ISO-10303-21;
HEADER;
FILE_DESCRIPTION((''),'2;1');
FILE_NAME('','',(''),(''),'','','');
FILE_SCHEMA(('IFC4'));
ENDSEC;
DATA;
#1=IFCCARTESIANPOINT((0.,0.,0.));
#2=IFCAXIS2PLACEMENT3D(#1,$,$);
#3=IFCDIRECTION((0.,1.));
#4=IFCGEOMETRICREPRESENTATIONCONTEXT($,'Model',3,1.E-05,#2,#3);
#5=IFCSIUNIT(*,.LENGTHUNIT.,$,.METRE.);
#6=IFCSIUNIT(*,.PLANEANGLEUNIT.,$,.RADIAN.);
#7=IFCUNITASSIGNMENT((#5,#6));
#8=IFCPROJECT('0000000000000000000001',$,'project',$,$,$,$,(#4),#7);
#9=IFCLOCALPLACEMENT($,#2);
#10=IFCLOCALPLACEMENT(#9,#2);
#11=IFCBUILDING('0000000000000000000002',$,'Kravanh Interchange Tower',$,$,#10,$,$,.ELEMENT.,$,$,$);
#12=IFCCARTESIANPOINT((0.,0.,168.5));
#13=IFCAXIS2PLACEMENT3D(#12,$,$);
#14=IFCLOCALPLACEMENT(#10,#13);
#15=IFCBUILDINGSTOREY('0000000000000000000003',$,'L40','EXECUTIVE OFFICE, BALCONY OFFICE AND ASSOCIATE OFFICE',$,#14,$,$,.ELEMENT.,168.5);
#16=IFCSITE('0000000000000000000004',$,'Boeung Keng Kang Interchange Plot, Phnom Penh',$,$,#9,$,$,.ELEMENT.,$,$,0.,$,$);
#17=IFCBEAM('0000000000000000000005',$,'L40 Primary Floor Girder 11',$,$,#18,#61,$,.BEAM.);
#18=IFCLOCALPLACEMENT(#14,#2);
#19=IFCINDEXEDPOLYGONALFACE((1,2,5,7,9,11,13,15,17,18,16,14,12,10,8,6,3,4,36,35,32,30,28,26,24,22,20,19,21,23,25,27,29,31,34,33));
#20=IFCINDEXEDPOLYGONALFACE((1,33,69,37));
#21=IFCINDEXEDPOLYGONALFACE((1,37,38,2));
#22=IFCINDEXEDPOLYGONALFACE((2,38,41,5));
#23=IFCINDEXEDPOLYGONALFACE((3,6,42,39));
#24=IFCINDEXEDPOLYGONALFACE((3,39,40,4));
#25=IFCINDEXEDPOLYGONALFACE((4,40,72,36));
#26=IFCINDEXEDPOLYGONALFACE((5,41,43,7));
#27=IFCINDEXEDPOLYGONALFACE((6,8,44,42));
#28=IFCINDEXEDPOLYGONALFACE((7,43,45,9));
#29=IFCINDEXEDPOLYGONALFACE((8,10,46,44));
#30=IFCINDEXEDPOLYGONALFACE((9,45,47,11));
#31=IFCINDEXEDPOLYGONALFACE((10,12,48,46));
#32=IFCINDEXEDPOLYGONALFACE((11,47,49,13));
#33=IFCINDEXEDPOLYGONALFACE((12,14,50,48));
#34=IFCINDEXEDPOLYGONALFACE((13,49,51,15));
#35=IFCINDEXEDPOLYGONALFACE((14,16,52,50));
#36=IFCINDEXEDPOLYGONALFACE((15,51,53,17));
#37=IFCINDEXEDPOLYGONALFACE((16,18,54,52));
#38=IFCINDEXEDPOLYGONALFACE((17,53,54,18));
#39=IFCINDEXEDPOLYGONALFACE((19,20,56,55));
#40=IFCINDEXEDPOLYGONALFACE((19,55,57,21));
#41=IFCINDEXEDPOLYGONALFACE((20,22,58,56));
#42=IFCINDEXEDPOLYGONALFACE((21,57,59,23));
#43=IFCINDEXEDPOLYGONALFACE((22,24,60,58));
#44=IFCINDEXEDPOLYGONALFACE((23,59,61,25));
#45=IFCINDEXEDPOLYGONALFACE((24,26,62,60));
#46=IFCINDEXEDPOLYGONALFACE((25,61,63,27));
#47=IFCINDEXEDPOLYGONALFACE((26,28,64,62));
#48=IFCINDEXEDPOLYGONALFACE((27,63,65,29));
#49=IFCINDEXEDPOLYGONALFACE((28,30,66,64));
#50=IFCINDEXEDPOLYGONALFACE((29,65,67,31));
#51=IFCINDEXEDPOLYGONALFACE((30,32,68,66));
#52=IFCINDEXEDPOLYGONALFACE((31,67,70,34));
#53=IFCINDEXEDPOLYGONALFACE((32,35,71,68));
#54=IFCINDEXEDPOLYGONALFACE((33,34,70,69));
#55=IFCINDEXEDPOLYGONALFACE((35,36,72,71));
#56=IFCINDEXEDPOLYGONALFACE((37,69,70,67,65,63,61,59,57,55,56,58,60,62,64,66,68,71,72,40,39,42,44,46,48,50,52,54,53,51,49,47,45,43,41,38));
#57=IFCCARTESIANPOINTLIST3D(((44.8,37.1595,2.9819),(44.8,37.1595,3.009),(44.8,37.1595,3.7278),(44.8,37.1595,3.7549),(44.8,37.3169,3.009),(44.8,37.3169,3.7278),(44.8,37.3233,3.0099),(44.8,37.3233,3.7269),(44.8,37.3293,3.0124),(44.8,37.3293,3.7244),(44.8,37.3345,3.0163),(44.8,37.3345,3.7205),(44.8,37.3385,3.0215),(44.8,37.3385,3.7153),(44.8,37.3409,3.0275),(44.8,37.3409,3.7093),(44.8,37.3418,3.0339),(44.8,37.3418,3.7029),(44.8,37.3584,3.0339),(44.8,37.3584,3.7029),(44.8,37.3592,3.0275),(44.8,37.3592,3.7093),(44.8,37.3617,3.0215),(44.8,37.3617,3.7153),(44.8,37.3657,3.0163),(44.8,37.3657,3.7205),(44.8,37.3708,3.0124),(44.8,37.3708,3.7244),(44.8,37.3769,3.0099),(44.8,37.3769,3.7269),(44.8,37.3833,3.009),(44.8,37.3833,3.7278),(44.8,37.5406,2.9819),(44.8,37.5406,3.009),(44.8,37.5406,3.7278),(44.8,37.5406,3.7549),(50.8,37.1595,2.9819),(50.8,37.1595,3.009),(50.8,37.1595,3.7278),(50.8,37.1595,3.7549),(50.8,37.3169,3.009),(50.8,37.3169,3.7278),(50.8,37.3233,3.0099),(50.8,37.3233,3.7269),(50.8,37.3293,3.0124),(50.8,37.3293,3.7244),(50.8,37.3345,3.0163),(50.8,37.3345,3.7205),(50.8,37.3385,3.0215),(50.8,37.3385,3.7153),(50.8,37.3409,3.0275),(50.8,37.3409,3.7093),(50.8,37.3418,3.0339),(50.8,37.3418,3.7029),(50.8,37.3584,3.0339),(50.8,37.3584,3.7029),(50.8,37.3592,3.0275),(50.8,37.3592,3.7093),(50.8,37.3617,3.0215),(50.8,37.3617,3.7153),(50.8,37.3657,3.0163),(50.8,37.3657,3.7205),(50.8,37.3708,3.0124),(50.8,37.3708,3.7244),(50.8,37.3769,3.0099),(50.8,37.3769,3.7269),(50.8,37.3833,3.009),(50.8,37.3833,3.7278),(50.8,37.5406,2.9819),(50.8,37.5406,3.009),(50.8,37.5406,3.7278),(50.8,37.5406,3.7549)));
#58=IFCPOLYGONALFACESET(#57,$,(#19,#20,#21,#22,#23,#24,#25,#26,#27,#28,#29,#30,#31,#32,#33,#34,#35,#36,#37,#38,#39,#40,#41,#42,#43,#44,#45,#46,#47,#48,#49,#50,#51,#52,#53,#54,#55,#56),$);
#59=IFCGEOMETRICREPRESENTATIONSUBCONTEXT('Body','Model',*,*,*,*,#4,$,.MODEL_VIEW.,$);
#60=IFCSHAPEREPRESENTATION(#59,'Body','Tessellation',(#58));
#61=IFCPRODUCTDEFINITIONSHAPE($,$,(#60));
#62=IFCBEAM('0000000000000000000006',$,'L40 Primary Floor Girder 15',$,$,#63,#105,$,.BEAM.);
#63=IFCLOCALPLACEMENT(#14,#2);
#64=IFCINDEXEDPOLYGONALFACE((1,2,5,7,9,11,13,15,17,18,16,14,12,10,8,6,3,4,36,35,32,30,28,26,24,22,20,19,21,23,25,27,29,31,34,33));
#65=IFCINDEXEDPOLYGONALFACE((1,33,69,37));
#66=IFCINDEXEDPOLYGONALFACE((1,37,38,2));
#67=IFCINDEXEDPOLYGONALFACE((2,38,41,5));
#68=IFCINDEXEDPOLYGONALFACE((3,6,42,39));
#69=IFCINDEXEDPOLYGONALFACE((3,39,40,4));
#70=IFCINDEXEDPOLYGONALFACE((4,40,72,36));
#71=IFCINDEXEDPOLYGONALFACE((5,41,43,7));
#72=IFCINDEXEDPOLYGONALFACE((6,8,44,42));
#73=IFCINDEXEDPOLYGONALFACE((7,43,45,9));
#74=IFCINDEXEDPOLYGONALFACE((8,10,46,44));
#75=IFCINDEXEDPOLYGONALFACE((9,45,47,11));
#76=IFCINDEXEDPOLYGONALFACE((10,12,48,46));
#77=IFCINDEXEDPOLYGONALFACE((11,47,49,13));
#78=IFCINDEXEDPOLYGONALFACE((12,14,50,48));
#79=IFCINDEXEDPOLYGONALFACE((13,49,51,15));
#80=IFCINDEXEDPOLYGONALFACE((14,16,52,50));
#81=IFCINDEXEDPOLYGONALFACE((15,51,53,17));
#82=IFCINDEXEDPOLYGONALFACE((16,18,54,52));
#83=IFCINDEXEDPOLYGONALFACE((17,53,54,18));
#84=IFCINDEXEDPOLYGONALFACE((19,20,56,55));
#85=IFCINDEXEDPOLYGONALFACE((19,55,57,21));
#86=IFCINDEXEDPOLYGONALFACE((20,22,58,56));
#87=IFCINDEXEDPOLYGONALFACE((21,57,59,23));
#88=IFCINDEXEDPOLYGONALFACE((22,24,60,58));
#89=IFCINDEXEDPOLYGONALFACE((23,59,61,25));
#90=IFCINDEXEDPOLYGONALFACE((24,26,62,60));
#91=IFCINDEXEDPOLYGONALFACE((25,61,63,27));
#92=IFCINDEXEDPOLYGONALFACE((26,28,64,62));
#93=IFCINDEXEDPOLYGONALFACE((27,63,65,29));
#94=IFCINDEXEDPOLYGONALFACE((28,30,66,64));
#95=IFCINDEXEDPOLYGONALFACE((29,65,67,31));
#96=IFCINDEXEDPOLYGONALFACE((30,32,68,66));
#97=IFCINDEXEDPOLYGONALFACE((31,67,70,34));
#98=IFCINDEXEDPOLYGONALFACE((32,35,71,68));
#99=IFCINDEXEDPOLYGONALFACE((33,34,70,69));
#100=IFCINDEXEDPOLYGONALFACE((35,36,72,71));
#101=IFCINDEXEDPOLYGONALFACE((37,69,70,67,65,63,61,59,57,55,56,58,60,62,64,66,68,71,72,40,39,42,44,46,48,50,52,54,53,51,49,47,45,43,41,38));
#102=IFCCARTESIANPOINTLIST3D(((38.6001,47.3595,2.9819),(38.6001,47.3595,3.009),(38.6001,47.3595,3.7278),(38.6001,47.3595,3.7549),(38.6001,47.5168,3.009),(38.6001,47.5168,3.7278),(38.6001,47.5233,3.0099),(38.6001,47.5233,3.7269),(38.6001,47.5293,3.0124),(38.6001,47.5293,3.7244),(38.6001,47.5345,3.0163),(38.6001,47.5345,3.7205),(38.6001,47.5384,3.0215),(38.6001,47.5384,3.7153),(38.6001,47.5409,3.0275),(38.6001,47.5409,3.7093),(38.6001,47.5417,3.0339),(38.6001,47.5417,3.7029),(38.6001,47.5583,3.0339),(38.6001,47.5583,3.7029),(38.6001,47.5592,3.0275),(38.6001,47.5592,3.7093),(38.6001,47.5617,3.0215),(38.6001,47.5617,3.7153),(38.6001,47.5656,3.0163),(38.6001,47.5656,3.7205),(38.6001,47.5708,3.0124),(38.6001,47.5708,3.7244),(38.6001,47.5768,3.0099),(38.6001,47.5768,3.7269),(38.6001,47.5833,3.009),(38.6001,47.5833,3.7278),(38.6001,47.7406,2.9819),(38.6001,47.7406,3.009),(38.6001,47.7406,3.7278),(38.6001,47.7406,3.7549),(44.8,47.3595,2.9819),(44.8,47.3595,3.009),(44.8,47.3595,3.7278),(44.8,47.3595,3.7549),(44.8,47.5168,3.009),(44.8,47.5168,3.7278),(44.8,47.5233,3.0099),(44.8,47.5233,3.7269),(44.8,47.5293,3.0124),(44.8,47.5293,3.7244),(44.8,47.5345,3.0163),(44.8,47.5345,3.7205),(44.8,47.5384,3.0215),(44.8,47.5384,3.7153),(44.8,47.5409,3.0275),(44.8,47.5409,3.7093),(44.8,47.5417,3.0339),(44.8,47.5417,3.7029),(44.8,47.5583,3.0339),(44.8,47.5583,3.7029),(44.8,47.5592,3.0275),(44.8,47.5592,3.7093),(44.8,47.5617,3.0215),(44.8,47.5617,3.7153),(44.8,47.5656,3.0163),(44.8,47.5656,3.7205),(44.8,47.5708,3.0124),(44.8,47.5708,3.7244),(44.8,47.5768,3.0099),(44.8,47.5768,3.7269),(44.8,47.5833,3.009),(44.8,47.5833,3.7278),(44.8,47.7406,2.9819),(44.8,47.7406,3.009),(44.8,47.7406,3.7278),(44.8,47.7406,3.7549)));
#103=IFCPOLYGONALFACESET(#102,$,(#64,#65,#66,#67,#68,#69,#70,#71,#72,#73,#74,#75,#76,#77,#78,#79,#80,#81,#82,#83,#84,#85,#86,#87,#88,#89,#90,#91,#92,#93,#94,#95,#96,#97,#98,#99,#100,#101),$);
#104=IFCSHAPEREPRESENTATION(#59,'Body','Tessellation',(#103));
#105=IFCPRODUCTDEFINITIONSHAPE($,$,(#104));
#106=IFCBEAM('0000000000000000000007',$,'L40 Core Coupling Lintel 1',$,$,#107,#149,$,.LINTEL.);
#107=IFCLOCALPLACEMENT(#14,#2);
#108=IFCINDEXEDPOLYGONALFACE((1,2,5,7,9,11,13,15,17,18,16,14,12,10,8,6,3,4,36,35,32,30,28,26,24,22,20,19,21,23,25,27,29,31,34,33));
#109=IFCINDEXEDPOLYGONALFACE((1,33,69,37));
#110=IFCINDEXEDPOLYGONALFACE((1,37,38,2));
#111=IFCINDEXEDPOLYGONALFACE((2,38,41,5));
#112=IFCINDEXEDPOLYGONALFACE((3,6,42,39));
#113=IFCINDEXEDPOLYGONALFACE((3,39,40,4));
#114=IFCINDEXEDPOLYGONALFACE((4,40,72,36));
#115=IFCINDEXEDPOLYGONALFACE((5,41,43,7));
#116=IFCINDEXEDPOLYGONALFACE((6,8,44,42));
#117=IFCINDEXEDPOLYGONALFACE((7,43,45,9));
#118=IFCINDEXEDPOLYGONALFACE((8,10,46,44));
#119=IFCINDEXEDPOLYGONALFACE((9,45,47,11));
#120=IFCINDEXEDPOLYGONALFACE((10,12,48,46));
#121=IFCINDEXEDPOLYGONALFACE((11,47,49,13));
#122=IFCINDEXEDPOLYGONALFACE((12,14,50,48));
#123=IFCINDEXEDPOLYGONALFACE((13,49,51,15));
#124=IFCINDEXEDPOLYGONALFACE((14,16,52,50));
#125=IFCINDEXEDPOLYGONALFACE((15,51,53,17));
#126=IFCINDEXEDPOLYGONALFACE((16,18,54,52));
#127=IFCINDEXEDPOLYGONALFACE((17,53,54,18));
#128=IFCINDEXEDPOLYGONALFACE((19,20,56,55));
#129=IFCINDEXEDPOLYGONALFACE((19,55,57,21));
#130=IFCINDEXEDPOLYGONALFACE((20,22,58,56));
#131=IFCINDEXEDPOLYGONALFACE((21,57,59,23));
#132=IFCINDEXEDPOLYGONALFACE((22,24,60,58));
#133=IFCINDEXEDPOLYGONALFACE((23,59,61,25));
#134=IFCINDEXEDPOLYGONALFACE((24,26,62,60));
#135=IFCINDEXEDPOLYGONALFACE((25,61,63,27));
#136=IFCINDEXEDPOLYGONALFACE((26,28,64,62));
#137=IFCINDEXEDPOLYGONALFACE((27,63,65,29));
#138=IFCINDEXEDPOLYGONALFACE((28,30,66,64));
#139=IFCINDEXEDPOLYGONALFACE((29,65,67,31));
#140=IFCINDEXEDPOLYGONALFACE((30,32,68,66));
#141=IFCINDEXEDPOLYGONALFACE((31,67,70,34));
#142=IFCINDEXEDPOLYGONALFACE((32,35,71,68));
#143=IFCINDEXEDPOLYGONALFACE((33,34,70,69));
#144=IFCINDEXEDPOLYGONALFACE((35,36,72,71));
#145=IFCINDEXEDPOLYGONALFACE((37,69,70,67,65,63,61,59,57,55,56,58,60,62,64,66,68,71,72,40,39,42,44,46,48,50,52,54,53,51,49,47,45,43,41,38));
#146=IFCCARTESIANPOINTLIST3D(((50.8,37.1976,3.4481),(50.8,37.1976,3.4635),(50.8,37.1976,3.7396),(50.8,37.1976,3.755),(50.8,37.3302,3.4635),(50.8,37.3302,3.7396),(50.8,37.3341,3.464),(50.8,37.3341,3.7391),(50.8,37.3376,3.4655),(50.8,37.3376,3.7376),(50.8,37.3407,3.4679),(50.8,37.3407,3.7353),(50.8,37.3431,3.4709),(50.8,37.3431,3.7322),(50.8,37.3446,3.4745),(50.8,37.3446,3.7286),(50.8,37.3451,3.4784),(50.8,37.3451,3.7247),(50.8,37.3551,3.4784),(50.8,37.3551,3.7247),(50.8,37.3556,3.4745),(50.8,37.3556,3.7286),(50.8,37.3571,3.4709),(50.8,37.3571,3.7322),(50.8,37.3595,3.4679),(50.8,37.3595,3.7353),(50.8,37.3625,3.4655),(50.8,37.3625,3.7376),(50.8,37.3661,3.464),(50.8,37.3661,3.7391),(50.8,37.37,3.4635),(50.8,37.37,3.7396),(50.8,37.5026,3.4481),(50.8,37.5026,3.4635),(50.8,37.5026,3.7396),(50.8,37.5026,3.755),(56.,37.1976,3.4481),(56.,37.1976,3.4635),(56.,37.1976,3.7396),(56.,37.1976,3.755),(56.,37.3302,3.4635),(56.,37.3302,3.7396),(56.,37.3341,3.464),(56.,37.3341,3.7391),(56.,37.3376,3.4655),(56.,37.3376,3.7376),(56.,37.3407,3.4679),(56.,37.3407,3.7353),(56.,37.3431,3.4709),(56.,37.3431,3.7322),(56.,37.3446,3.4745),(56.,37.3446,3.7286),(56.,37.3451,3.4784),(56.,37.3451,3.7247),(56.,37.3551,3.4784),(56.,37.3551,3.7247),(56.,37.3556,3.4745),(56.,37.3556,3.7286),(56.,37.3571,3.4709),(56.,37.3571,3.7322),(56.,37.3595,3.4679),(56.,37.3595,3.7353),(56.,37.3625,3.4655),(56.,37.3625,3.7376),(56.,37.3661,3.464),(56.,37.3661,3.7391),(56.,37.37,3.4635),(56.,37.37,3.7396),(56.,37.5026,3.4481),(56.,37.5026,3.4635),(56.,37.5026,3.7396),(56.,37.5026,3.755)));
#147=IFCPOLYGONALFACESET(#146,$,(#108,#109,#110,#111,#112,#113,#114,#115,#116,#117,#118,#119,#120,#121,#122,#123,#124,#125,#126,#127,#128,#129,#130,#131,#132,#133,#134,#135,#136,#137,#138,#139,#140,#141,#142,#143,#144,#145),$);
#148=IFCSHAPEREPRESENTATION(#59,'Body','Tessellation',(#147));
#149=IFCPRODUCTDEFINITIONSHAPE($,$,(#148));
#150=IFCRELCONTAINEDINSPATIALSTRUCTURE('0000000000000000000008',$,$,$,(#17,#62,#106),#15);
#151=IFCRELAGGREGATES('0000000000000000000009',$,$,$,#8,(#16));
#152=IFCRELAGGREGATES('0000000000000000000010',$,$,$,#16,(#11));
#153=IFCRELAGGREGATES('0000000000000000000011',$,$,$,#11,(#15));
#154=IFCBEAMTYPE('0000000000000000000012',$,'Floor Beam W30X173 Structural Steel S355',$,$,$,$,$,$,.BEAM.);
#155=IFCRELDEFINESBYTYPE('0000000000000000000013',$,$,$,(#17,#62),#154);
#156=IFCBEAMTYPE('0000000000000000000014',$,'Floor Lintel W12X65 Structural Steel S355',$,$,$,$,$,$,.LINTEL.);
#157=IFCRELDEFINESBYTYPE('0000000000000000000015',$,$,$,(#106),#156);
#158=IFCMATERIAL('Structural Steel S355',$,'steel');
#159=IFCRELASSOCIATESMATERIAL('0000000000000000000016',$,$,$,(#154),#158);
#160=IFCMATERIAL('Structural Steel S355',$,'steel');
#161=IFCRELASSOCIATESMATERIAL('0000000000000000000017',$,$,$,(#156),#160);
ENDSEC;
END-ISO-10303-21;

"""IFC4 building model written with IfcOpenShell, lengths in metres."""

from ifc_helpers import new_model, si_unit, direction, frame, origin, origin_2d, place, context, subcontext, project, spatial, i_section, extrude, material, material_profile, profile_set, type_object, element, save


model = new_model("IFC4")

# Units and contexts
model_context = context("Model", 3, precision=1e-05, world=origin(), true_north=direction((0.0, 1.0)))
body_context = subcontext(model_context, "Body", "Model", "MODEL_VIEW")
ifc_project = project(units=[si_unit("LENGTHUNIT", "METRE"), si_unit("PLANEANGLEUNIT", "RADIAN")], contexts=[model_context])

# Site, building, storey
site_placement = place(None, origin())
site = spatial("IfcSite", under=ifc_project, at=site_placement, Name="Boeung Keng Kang Interchange Plot, Phnom Penh", CompositionType="ELEMENT", RefElevation=0.0)
building_placement = place(site_placement, origin())
building = spatial("IfcBuilding", under=site, at=building_placement, Name="Kravanh Interchange Tower", CompositionType="ELEMENT")
storey_placement = place(building_placement, frame((0.0, 0.0, 168.5)))
storey = spatial("IfcBuildingStorey", under=building, at=storey_placement, Name="L40", Description="EXECUTIVE OFFICE, BALCONY OFFICE AND ASSOCIATE OFFICE", CompositionType="ELEMENT", Elevation=168.5)

# Beams
ifc_material_1 = material(Name="Structural Steel S355", Category="steel")
ifc_material_profile_1 = material_profile(ifc_material_1, i_section(OverallWidth=0.3811, OverallDepth=0.7729, WebThickness=0.0166, FlangeThickness=0.0271, FilletRadius=0.0249, at=origin_2d()), Name="W30X173")
ifc_profile_set_1 = profile_set([ifc_material_profile_1], Name="Structural Steel S355")
beam_type_1 = type_object("IfcBeamType", Name="Floor Beam W30X173 Structural Steel S355", PredefinedType="BEAM", material=ifc_profile_set_1)
beam_1_placement = place(storey_placement, frame((50.8, 37.3501, 3.3684), z_axis=(-1.0, 0.0, 0.0), x_axis=(0.0, -1.0, 0.0)))
element("IfcBeam", 1, at=beam_1_placement, inside=storey, type_object=beam_type_1, Name="L40 Primary Floor Girder 11", PredefinedType="BEAM", context=body_context, shape_type="SweptSolid", body=[
    extrude(i_section(OverallWidth=0.3811, OverallDepth=0.7729, WebThickness=0.0166, FlangeThickness=0.0271, FilletRadius=0.0249, at=origin_2d()), origin(), (0.0, 0.0, 1.0), 6.0),
])
beam_2_placement = place(storey_placement, frame((44.8, 47.55, 3.3684), z_axis=(-1.0, 0.0, 0.0), x_axis=(0.0, -1.0, 0.0)))
element("IfcBeam", 2, at=beam_2_placement, inside=storey, type_object=beam_type_1, Name="L40 Primary Floor Girder 15", PredefinedType="BEAM", context=body_context, shape_type="SweptSolid", body=[
    extrude(i_section(OverallWidth=0.3811, OverallDepth=0.7729, WebThickness=0.0166, FlangeThickness=0.0271, FilletRadius=0.0249, at=origin_2d()), origin(), (0.0, 0.0, 1.0), 6.2),
])
ifc_material_2 = material(Name="Structural Steel S355", Category="steel")
ifc_material_profile_2 = material_profile(ifc_material_2, i_section(OverallWidth=0.3049, OverallDepth=0.3069, WebThickness=0.01, FlangeThickness=0.0154, FilletRadius=0.0149, at=origin_2d()), Name="W12X65")
ifc_profile_set_2 = profile_set([ifc_material_profile_2], Name="Structural Steel S355")
beam_type_2 = type_object("IfcBeamType", Name="Floor Lintel W12X65 Structural Steel S355", PredefinedType="LINTEL", material=ifc_profile_set_2)
beam_3_placement = place(storey_placement, frame((50.8, 37.3501, 3.6016), z_axis=(1.0, 0.0, 0.0), x_axis=(0.0, 1.0, 0.0)))
element("IfcBeam", 3, at=beam_3_placement, inside=storey, type_object=beam_type_2, Name="L40 Core Coupling Lintel 1", PredefinedType="LINTEL", context=body_context, shape_type="SweptSolid", body=[
    extrude(i_section(OverallWidth=0.3049, OverallDepth=0.3069, WebThickness=0.01, FlangeThickness=0.0154, FilletRadius=0.0149, at=origin_2d()), origin(), (0.0, 0.0, 1.0), 5.2),
])

save(model, "model.ifc")
